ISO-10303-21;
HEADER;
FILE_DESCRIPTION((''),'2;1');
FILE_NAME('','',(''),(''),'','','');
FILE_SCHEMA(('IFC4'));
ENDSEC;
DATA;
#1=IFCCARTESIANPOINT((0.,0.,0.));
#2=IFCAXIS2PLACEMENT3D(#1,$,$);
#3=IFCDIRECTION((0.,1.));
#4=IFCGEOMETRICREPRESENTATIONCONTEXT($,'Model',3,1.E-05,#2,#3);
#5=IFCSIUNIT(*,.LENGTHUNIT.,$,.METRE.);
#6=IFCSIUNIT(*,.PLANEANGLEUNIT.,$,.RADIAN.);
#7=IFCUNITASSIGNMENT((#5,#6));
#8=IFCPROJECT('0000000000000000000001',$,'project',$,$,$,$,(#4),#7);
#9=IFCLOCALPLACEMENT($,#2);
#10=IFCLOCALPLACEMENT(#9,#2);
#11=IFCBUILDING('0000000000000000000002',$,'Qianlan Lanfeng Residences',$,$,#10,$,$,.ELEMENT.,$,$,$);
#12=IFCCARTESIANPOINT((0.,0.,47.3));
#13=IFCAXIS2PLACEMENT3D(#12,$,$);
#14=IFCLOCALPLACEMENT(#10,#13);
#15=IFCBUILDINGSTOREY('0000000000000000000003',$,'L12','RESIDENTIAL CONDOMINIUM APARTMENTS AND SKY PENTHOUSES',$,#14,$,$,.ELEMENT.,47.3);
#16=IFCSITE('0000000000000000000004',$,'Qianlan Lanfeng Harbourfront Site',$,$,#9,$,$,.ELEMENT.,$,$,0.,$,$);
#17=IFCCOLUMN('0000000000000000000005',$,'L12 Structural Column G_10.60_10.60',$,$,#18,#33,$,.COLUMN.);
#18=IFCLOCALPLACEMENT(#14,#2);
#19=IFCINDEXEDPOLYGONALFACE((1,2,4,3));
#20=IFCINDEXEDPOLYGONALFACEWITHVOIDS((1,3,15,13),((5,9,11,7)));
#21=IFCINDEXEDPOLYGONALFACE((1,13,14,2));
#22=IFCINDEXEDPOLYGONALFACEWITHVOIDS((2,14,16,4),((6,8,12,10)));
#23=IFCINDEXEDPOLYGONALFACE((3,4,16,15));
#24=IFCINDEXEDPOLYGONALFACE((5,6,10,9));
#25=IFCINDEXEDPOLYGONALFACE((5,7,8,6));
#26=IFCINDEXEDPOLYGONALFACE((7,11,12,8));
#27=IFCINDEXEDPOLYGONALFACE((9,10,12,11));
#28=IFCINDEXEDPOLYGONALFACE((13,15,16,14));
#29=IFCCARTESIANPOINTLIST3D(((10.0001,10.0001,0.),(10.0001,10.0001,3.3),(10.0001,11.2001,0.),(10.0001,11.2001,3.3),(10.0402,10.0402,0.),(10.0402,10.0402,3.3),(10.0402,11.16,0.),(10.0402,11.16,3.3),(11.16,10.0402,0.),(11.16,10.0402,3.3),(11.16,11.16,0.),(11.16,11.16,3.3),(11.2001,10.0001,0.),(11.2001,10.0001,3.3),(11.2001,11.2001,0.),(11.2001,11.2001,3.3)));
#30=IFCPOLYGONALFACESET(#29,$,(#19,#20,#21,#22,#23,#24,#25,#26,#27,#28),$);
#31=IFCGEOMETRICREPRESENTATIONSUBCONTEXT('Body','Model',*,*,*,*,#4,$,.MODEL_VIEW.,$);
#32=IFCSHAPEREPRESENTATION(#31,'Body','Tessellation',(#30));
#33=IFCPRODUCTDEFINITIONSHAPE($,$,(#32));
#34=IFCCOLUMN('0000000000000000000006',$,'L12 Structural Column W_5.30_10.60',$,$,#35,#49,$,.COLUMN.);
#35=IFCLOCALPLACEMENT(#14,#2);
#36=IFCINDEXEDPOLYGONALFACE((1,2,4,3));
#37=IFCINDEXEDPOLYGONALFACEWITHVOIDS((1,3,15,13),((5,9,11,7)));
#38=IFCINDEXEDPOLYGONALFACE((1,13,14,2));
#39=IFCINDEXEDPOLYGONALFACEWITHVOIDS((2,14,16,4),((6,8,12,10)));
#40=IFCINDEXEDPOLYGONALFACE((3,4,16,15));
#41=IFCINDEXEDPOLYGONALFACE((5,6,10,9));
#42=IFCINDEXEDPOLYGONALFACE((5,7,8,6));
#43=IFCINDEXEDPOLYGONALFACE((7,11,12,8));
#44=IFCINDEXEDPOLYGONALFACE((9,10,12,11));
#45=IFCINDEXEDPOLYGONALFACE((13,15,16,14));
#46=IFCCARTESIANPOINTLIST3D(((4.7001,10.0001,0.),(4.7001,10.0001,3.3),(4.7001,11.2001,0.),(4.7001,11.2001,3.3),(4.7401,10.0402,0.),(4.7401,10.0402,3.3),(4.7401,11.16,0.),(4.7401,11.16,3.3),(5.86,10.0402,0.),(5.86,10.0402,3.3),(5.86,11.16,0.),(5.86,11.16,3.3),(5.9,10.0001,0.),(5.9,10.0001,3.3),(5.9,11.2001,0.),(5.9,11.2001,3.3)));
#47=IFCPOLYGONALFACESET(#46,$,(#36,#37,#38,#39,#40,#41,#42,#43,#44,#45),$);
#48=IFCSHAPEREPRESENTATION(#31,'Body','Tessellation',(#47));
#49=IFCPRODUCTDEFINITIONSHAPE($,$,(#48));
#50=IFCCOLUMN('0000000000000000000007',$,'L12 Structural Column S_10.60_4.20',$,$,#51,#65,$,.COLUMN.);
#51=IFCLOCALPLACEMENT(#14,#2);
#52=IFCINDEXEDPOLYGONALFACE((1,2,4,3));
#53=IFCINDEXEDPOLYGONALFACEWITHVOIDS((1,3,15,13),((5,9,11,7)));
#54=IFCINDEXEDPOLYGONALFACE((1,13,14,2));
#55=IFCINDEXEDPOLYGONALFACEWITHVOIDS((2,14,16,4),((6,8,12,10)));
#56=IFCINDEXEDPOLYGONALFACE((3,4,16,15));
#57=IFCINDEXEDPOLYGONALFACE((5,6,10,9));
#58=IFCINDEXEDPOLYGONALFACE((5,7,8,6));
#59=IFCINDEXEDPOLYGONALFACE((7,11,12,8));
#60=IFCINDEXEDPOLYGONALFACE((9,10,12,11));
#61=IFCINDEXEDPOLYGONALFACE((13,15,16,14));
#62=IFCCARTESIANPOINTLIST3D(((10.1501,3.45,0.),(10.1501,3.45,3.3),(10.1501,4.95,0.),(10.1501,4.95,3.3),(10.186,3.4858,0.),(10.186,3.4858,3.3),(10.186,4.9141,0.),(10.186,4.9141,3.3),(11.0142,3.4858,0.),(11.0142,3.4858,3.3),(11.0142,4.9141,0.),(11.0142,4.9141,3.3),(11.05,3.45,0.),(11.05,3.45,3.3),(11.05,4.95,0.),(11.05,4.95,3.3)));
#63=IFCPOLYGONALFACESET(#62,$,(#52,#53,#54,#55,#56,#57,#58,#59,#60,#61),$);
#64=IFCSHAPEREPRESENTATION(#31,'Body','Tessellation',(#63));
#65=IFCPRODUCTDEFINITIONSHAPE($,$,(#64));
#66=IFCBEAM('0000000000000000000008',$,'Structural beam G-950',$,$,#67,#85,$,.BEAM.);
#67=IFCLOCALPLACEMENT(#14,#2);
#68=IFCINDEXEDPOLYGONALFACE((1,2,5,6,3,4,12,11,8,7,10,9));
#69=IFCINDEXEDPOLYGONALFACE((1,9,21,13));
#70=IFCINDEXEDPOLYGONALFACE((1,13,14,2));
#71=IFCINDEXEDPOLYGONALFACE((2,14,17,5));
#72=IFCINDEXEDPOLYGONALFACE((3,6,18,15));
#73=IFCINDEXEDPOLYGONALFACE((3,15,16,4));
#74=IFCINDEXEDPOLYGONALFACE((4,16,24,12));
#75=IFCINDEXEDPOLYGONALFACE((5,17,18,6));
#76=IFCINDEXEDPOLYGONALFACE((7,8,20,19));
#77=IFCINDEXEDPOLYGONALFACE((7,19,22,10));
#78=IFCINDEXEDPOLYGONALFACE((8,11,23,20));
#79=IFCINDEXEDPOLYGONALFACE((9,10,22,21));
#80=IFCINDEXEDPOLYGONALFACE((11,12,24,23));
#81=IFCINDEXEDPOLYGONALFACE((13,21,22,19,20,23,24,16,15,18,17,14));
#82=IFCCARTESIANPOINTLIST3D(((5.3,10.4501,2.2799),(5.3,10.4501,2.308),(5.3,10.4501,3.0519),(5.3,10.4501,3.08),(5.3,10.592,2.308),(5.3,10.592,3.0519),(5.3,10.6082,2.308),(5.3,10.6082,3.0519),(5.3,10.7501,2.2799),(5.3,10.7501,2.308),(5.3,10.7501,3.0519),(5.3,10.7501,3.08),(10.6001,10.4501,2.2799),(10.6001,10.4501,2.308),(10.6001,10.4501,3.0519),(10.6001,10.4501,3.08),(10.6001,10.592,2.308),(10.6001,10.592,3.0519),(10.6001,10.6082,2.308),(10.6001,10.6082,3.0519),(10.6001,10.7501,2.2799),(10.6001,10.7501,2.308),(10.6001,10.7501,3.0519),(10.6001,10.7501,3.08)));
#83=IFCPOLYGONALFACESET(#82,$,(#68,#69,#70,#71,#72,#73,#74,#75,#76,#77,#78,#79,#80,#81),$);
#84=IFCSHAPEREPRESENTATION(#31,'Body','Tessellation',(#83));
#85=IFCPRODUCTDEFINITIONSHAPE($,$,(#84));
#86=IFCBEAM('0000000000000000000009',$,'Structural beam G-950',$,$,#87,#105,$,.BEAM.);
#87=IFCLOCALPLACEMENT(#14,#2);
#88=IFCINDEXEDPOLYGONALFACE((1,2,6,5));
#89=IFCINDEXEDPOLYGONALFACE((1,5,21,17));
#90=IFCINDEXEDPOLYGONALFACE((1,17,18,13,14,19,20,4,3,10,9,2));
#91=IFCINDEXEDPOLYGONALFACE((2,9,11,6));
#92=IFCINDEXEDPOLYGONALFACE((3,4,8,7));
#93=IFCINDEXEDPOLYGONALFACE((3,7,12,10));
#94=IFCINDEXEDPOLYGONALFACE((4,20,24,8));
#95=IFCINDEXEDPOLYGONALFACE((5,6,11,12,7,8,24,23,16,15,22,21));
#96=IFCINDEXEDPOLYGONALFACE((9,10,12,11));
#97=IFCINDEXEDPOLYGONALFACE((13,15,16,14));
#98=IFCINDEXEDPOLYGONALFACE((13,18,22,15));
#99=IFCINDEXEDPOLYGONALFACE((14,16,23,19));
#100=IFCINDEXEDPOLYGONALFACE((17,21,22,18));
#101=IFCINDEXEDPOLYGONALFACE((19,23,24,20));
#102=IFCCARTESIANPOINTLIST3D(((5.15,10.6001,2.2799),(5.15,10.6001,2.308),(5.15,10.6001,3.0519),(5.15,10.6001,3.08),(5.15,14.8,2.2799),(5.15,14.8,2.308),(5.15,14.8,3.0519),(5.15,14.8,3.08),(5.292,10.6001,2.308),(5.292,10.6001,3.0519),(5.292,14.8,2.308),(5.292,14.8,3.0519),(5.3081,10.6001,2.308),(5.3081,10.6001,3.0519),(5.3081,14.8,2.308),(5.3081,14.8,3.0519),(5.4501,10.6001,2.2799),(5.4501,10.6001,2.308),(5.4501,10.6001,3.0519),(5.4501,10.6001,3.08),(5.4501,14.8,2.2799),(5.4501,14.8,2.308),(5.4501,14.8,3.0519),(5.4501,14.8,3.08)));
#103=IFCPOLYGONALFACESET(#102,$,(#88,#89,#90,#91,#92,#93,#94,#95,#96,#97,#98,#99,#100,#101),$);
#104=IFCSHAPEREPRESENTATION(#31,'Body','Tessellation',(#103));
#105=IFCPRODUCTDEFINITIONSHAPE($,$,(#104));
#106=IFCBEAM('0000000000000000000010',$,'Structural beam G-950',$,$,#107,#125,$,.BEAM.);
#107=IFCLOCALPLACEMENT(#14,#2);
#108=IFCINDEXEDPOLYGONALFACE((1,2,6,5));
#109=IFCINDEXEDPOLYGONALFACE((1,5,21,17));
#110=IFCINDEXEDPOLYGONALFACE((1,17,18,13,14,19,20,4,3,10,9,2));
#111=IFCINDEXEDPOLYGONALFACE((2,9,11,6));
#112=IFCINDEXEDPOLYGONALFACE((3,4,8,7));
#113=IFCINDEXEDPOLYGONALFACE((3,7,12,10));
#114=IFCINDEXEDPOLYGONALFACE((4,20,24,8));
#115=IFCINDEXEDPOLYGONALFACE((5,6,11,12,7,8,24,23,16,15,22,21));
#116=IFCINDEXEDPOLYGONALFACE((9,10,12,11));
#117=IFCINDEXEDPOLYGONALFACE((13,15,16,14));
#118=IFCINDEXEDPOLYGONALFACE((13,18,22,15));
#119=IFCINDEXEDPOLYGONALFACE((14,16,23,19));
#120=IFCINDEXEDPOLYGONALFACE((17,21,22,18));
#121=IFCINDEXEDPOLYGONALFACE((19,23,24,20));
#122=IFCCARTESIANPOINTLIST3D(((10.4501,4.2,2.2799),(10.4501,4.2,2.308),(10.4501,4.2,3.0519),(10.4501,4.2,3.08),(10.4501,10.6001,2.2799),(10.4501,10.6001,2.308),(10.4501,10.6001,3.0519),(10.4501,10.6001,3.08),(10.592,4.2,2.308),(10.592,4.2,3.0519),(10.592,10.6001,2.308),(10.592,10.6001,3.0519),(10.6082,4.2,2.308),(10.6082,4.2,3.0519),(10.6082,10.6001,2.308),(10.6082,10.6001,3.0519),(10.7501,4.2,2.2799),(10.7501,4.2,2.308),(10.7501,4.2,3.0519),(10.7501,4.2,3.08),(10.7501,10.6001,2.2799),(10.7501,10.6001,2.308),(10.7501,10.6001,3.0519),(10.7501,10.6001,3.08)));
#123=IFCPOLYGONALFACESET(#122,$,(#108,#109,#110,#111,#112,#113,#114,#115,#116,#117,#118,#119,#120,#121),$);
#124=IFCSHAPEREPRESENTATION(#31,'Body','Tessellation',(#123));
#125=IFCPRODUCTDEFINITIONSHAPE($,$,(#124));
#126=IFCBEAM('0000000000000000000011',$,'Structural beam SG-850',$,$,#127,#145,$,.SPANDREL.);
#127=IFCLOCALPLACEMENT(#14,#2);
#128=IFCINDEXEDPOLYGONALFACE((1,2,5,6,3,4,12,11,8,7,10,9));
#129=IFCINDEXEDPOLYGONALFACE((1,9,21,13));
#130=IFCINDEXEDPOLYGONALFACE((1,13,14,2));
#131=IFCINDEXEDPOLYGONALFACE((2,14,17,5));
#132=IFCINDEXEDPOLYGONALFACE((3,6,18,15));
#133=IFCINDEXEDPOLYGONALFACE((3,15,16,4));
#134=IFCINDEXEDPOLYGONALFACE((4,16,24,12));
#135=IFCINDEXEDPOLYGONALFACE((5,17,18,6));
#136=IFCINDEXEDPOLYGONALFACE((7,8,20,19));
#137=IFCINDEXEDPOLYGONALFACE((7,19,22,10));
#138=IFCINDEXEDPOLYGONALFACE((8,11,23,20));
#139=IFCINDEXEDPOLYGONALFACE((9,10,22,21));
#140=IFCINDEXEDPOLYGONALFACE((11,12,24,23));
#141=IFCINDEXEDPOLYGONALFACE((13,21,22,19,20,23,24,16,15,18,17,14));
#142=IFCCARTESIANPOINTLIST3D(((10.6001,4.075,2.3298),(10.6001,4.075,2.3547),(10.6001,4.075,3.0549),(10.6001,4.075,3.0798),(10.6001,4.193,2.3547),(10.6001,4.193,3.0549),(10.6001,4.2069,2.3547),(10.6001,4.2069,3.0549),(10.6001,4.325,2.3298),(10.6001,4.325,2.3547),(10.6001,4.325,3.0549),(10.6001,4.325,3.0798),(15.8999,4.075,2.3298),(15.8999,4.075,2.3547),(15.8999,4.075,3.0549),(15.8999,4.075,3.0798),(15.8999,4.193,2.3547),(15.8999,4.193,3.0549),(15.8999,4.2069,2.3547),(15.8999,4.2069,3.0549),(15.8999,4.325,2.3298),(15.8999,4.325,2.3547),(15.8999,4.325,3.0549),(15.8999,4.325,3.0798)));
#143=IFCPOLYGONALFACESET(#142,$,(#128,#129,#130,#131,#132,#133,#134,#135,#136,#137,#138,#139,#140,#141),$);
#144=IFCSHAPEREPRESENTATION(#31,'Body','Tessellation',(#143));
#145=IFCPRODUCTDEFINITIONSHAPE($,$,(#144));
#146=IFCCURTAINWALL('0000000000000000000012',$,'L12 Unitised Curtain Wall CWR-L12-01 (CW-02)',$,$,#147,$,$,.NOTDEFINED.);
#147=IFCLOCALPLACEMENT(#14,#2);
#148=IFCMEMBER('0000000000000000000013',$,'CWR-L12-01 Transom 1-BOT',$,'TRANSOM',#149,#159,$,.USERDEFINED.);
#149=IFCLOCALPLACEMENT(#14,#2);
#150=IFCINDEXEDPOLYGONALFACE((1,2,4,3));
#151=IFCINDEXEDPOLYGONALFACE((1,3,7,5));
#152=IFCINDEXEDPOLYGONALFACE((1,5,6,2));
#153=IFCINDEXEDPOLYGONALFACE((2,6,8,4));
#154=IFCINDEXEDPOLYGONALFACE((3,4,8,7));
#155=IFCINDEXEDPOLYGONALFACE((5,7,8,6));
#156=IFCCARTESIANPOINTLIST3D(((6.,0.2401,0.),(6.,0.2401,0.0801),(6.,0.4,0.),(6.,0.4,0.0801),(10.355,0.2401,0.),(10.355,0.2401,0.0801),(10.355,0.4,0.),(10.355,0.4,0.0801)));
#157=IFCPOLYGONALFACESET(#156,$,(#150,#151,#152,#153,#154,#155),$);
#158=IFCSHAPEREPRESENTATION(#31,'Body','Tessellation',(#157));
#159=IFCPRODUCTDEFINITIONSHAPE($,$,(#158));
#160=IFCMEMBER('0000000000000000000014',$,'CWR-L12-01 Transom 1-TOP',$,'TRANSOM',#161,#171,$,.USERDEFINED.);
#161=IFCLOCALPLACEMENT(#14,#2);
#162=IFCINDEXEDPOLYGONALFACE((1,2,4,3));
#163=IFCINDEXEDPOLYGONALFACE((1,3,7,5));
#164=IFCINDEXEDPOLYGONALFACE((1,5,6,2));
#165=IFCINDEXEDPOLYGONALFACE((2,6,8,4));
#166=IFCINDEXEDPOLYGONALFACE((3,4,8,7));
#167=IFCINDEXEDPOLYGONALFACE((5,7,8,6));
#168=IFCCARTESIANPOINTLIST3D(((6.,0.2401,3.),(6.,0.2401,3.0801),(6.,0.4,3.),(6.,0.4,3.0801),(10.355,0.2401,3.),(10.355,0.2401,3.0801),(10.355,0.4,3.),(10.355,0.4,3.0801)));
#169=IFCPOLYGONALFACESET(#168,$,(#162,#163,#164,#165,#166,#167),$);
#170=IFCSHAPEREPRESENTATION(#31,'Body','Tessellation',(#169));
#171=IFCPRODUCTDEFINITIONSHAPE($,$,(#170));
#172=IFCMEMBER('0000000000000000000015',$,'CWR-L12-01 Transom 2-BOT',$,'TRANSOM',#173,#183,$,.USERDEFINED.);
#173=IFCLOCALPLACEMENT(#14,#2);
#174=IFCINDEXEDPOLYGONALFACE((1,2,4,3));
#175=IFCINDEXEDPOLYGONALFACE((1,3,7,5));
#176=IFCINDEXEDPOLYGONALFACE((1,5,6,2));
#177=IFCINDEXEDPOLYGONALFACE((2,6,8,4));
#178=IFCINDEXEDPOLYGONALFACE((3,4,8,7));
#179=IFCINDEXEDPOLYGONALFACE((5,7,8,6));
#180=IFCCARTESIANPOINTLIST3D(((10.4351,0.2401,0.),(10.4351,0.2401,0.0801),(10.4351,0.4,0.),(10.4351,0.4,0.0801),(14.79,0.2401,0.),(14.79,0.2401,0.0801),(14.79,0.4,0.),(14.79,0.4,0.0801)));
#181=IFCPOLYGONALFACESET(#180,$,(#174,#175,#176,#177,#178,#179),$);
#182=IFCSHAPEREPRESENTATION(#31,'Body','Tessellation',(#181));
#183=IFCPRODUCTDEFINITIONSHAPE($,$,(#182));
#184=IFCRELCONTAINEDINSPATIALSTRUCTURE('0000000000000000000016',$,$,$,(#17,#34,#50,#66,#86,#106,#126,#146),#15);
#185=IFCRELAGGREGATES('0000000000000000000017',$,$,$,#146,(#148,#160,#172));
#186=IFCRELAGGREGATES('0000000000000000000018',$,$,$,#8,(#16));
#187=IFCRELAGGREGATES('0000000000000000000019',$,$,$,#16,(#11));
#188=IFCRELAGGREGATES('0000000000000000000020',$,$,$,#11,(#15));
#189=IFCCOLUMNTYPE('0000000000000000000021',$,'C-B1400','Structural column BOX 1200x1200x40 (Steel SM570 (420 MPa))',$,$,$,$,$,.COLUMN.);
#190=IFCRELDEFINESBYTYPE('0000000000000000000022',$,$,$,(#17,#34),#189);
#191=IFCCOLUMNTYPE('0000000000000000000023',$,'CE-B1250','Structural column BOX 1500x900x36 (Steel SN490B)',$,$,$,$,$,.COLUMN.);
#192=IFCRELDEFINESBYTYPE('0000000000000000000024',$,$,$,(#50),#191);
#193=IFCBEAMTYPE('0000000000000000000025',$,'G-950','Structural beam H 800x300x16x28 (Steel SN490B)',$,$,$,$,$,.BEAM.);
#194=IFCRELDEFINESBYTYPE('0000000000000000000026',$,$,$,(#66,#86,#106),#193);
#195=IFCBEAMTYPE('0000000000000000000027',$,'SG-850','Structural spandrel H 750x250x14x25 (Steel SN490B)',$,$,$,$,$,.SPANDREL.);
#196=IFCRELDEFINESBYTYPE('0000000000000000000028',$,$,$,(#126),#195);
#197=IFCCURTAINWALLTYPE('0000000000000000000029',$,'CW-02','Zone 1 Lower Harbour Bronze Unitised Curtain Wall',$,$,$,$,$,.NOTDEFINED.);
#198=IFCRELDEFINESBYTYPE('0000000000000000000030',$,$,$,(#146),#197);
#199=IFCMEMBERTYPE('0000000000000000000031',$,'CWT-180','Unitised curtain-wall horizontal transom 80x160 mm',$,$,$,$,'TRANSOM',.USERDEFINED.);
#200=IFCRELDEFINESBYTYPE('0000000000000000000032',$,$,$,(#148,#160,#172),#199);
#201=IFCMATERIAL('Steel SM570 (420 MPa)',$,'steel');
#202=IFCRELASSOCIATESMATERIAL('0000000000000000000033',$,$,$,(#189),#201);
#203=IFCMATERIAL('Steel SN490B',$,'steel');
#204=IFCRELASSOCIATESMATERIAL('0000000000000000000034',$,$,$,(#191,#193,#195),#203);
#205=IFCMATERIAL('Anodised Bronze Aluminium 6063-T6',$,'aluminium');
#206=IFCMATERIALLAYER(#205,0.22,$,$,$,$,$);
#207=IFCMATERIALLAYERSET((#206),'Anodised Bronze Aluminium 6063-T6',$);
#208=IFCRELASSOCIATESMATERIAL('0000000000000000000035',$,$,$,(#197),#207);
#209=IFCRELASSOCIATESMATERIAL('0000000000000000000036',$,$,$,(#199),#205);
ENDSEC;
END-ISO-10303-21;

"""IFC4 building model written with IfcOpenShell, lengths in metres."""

from ifc_helpers import new_model, si_unit, direction, frame, origin, origin_2d, place, context, subcontext, project, spatial, rectangle, hollow_rectangle, i_section, extrude, source, transform, mapped, material, layer, layer_set, material_profile, profile_set, type_object, element, aggregate, save


model = new_model("IFC4")

# Units and contexts
model_context = context("Model", 3, precision=1e-05, world=origin(), true_north=direction((0.0, 1.0)))
body_context = subcontext(model_context, "Body", "Model", "MODEL_VIEW")
ifc_project = project(units=[si_unit("LENGTHUNIT", "METRE"), si_unit("PLANEANGLEUNIT", "RADIAN")], contexts=[model_context])

# Site, building, storey
site_placement = place(None, origin())
site = spatial("IfcSite", under=ifc_project, at=site_placement, Name="Qianlan Lanfeng Harbourfront Site", CompositionType="ELEMENT", RefElevation=0.0)
building_placement = place(site_placement, origin())
building = spatial("IfcBuilding", under=site, at=building_placement, Name="Qianlan Lanfeng Residences", CompositionType="ELEMENT")
storey_placement = place(building_placement, frame((0.0, 0.0, 47.3)))
storey = spatial("IfcBuildingStorey", under=building, at=storey_placement, Name="L12", Description="RESIDENTIAL CONDOMINIUM APARTMENTS AND SKY PENTHOUSES", CompositionType="ELEMENT", Elevation=47.3)

# Columns
ifc_material_1 = material(Name="Steel SM570 (420 MPa)", Category="steel")
ifc_material_profile_1 = material_profile(ifc_material_1, hollow_rectangle(XDim=1.2, YDim=1.2, WallThickness=0.04, at=origin_2d()), Name="BOX 1200x1200x40")
ifc_profile_set_1 = profile_set([ifc_material_profile_1], Name="Steel SM570 (420 MPa)")
column_type_1 = type_object("IfcColumnType", Name="C-B1400", Description="Structural column BOX 1200x1200x40 (Steel SM570 (420 MPa))", PredefinedType="COLUMN", material=ifc_profile_set_1)
for number, where, z_axis, x_axis, name in (
    (1, (10.6001, 10.6001, 0.0), (0.0, 0.0, 1.0), (1.0, 0.0, 0.0), "L12 Structural Column G_10.60_10.60"),
    (2, (5.3, 10.6001, 0.0), (0.0, 0.0, 1.0), (1.0, 0.0, 0.0), "L12 Structural Column W_5.30_10.60"),
):
    element("IfcColumn", number, at=place(storey_placement, frame(where, z_axis=z_axis, x_axis=x_axis)), inside=storey, type_object=column_type_1, Name=name, PredefinedType="COLUMN", context=body_context, shape_type="SweptSolid", body=[
        extrude(hollow_rectangle(XDim=1.2, YDim=1.2, WallThickness=0.04, at=origin_2d()), origin(), (0.0, 0.0, 1.0), 3.3),
    ])
ifc_material_2 = material(Name="Steel SN490B", Category="steel")
ifc_material_profile_2 = material_profile(ifc_material_2, hollow_rectangle(XDim=0.8999, YDim=1.5, WallThickness=0.0359, at=origin_2d()), Name="BOX 1500x900x36")
ifc_profile_set_2 = profile_set([ifc_material_profile_2], Name="Steel SN490B")
column_type_2 = type_object("IfcColumnType", Name="CE-B1250", Description="Structural column BOX 1500x900x36 (Steel SN490B)", PredefinedType="COLUMN", material=ifc_profile_set_2)
column_placement = place(storey_placement, frame((10.6001, 4.2, 0.0), z_axis=(0.0, 0.0, 1.0), x_axis=(1.0, 0.0, 0.0)))
element("IfcColumn", 3, at=column_placement, inside=storey, type_object=column_type_2, Name="L12 Structural Column S_10.60_4.20", PredefinedType="COLUMN", context=body_context, shape_type="SweptSolid", body=[
    extrude(hollow_rectangle(XDim=0.8999, YDim=1.5, WallThickness=0.0359, at=origin_2d()), origin(), (0.0, 0.0, 1.0), 3.3),
])

# Beams
ifc_material_profile_3 = material_profile(ifc_material_2, i_section(OverallWidth=0.3, OverallDepth=0.8, WebThickness=0.0161, FlangeThickness=0.0281, at=origin_2d()), Name="H 800x300x16x28")
ifc_profile_set_3 = profile_set([ifc_material_profile_3], Name="Steel SN490B")
beam_type_1 = type_object("IfcBeamType", Name="G-950", Description="Structural beam H 800x300x16x28 (Steel SN490B)", PredefinedType="BEAM", material=ifc_profile_set_3)
beam_1_placement = place(storey_placement, frame((5.3, 10.6001, 2.6799), z_axis=(1.0, 0.0, 0.0), x_axis=(0.0, 1.0, 0.0)))
element("IfcBeam", 4, at=beam_1_placement, inside=storey, type_object=beam_type_1, Name="Structural beam G-950", PredefinedType="BEAM", context=body_context, shape_type="SweptSolid", body=[
    extrude(i_section(OverallWidth=0.3, OverallDepth=0.8, WebThickness=0.0161, FlangeThickness=0.0281, at=origin_2d()), origin(), (0.0, 0.0, 1.0), 5.3),
])
beam_2_placement = place(storey_placement, frame((5.3, 10.6001, 2.6799), z_axis=(0.0, 1.0, 0.0), x_axis=(-1.0, 0.0, 0.0)))
element("IfcBeam", 5, at=beam_2_placement, inside=storey, type_object=beam_type_1, Name="Structural beam G-950", PredefinedType="BEAM", context=body_context, shape_type="SweptSolid", body=[
    extrude(i_section(OverallWidth=0.3, OverallDepth=0.8, WebThickness=0.0161, FlangeThickness=0.0281, at=origin_2d()), origin(), (0.0, 0.0, 1.0), 4.2),
])
beam_3_placement = place(storey_placement, frame((10.6001, 4.2, 2.6799), z_axis=(0.0, 1.0, 0.0), x_axis=(-1.0, 0.0, 0.0)))
element("IfcBeam", 6, at=beam_3_placement, inside=storey, type_object=beam_type_1, Name="Structural beam G-950", PredefinedType="BEAM", context=body_context, shape_type="SweptSolid", body=[
    extrude(i_section(OverallWidth=0.3, OverallDepth=0.8, WebThickness=0.0161, FlangeThickness=0.0281, at=origin_2d()), origin(), (0.0, 0.0, 1.0), 6.4001),
])
ifc_material_profile_4 = material_profile(ifc_material_2, i_section(OverallWidth=0.25, OverallDepth=0.75, WebThickness=0.0139, FlangeThickness=0.0249, at=origin_2d()), Name="H 750x250x14x25")
ifc_profile_set_4 = profile_set([ifc_material_profile_4], Name="Steel SN490B")
beam_type_2 = type_object("IfcBeamType", Name="SG-850", Description="Structural spandrel H 750x250x14x25 (Steel SN490B)", PredefinedType="SPANDREL", material=ifc_profile_set_4)
beam_4_placement = place(storey_placement, frame((10.6001, 4.2, 2.7048), z_axis=(1.0, 0.0, 0.0), x_axis=(0.0, 1.0, 0.0)))
element("IfcBeam", 7, at=beam_4_placement, inside=storey, type_object=beam_type_2, Name="Structural beam SG-850", PredefinedType="SPANDREL", context=body_context, shape_type="SweptSolid", body=[
    extrude(i_section(OverallWidth=0.25, OverallDepth=0.75, WebThickness=0.0139, FlangeThickness=0.0249, at=origin_2d()), origin(), (0.0, 0.0, 1.0), 5.2998),
])

# Curtain wall, members
ifc_material_3 = material(Name="Anodised Bronze Aluminium 6063-T6", Category="aluminium")
ifc_layer_1 = layer(ifc_material_3, 0.22)
ifc_layer_set_1 = layer_set([ifc_layer_1], Name="Anodised Bronze Aluminium 6063-T6")
curtain_wall_type = type_object("IfcCurtainWallType", Name="CW-02", Description="Zone 1 Lower Harbour Bronze Unitised Curtain Wall", PredefinedType="NOTDEFINED", material=ifc_layer_set_1)
curtain_wall_1_placement = place(storey_placement, origin())
curtain_wall_1 = element("IfcCurtainWall", 8, at=curtain_wall_1_placement, inside=storey, type_object=curtain_wall_type, Name="L12 Unitised Curtain Wall CWR-L12-01 (CW-02)", PredefinedType="NOTDEFINED")
ifc_material_profile_5 = material_profile(ifc_material_3, rectangle(XDim=0.0801, YDim=0.1599, at=origin_2d()), Name="ALU TRANSOM 80x160")
ifc_profile_set_5 = profile_set([ifc_material_profile_5], Name="Anodised Bronze Aluminium 6063-T6")
member_type_1 = type_object("IfcMemberType", Name="CWT-180", Description="Unitised curtain-wall horizontal transom 80x160 mm", ElementType="TRANSOM", PredefinedType="USERDEFINED", material=ifc_profile_set_5)
shared_shape_1 = source(origin(), body_context, "Body", "SweptSolid", [
    extrude(rectangle(XDim=0.0801, YDim=0.1599, at=origin_2d()), origin(), (0.0, 0.0, 1.0), 4.355),
])
member_1_placement = place(storey_placement, frame((6.0, 0.3201, 0.04), z_axis=(1.0, 0.0, 0.0), x_axis=(0.0, 0.0, 1.0)))
member_1 = element("IfcMember", 9, at=member_1_placement, type_object=member_type_1, Name="CWR-L12-01 Transom 1-BOT", ObjectType="TRANSOM", PredefinedType="USERDEFINED", context=body_context, shape_type="MappedRepresentation", body=[
    mapped(shared_shape_1, transform((0.0, 0.0, 0.0), scale=1.0)),
])
member_2_placement = place(storey_placement, frame((6.0, 0.3201, 3.04), z_axis=(1.0, 0.0, 0.0), x_axis=(0.0, 0.0, 1.0)))
member_2 = element("IfcMember", 10, at=member_2_placement, type_object=member_type_1, Name="CWR-L12-01 Transom 1-TOP", ObjectType="TRANSOM", PredefinedType="USERDEFINED", context=body_context, shape_type="MappedRepresentation", body=[
    mapped(shared_shape_1, transform((0.0, 0.0, 0.0), scale=1.0)),
])
member_3_placement = place(storey_placement, frame((10.4351, 0.3201, 0.04), z_axis=(1.0, 0.0, 0.0), x_axis=(0.0, 0.0, 1.0)))
member_3 = element("IfcMember", 11, at=member_3_placement, type_object=member_type_1, Name="CWR-L12-01 Transom 2-BOT", ObjectType="TRANSOM", PredefinedType="USERDEFINED", context=body_context, shape_type="MappedRepresentation", body=[
    mapped(shared_shape_1, transform((0.0, 0.0, 0.0), scale=1.0)),
])

aggregate(curtain_wall_1, [member_1, member_2, member_3])

save(model, "model.ifc")
